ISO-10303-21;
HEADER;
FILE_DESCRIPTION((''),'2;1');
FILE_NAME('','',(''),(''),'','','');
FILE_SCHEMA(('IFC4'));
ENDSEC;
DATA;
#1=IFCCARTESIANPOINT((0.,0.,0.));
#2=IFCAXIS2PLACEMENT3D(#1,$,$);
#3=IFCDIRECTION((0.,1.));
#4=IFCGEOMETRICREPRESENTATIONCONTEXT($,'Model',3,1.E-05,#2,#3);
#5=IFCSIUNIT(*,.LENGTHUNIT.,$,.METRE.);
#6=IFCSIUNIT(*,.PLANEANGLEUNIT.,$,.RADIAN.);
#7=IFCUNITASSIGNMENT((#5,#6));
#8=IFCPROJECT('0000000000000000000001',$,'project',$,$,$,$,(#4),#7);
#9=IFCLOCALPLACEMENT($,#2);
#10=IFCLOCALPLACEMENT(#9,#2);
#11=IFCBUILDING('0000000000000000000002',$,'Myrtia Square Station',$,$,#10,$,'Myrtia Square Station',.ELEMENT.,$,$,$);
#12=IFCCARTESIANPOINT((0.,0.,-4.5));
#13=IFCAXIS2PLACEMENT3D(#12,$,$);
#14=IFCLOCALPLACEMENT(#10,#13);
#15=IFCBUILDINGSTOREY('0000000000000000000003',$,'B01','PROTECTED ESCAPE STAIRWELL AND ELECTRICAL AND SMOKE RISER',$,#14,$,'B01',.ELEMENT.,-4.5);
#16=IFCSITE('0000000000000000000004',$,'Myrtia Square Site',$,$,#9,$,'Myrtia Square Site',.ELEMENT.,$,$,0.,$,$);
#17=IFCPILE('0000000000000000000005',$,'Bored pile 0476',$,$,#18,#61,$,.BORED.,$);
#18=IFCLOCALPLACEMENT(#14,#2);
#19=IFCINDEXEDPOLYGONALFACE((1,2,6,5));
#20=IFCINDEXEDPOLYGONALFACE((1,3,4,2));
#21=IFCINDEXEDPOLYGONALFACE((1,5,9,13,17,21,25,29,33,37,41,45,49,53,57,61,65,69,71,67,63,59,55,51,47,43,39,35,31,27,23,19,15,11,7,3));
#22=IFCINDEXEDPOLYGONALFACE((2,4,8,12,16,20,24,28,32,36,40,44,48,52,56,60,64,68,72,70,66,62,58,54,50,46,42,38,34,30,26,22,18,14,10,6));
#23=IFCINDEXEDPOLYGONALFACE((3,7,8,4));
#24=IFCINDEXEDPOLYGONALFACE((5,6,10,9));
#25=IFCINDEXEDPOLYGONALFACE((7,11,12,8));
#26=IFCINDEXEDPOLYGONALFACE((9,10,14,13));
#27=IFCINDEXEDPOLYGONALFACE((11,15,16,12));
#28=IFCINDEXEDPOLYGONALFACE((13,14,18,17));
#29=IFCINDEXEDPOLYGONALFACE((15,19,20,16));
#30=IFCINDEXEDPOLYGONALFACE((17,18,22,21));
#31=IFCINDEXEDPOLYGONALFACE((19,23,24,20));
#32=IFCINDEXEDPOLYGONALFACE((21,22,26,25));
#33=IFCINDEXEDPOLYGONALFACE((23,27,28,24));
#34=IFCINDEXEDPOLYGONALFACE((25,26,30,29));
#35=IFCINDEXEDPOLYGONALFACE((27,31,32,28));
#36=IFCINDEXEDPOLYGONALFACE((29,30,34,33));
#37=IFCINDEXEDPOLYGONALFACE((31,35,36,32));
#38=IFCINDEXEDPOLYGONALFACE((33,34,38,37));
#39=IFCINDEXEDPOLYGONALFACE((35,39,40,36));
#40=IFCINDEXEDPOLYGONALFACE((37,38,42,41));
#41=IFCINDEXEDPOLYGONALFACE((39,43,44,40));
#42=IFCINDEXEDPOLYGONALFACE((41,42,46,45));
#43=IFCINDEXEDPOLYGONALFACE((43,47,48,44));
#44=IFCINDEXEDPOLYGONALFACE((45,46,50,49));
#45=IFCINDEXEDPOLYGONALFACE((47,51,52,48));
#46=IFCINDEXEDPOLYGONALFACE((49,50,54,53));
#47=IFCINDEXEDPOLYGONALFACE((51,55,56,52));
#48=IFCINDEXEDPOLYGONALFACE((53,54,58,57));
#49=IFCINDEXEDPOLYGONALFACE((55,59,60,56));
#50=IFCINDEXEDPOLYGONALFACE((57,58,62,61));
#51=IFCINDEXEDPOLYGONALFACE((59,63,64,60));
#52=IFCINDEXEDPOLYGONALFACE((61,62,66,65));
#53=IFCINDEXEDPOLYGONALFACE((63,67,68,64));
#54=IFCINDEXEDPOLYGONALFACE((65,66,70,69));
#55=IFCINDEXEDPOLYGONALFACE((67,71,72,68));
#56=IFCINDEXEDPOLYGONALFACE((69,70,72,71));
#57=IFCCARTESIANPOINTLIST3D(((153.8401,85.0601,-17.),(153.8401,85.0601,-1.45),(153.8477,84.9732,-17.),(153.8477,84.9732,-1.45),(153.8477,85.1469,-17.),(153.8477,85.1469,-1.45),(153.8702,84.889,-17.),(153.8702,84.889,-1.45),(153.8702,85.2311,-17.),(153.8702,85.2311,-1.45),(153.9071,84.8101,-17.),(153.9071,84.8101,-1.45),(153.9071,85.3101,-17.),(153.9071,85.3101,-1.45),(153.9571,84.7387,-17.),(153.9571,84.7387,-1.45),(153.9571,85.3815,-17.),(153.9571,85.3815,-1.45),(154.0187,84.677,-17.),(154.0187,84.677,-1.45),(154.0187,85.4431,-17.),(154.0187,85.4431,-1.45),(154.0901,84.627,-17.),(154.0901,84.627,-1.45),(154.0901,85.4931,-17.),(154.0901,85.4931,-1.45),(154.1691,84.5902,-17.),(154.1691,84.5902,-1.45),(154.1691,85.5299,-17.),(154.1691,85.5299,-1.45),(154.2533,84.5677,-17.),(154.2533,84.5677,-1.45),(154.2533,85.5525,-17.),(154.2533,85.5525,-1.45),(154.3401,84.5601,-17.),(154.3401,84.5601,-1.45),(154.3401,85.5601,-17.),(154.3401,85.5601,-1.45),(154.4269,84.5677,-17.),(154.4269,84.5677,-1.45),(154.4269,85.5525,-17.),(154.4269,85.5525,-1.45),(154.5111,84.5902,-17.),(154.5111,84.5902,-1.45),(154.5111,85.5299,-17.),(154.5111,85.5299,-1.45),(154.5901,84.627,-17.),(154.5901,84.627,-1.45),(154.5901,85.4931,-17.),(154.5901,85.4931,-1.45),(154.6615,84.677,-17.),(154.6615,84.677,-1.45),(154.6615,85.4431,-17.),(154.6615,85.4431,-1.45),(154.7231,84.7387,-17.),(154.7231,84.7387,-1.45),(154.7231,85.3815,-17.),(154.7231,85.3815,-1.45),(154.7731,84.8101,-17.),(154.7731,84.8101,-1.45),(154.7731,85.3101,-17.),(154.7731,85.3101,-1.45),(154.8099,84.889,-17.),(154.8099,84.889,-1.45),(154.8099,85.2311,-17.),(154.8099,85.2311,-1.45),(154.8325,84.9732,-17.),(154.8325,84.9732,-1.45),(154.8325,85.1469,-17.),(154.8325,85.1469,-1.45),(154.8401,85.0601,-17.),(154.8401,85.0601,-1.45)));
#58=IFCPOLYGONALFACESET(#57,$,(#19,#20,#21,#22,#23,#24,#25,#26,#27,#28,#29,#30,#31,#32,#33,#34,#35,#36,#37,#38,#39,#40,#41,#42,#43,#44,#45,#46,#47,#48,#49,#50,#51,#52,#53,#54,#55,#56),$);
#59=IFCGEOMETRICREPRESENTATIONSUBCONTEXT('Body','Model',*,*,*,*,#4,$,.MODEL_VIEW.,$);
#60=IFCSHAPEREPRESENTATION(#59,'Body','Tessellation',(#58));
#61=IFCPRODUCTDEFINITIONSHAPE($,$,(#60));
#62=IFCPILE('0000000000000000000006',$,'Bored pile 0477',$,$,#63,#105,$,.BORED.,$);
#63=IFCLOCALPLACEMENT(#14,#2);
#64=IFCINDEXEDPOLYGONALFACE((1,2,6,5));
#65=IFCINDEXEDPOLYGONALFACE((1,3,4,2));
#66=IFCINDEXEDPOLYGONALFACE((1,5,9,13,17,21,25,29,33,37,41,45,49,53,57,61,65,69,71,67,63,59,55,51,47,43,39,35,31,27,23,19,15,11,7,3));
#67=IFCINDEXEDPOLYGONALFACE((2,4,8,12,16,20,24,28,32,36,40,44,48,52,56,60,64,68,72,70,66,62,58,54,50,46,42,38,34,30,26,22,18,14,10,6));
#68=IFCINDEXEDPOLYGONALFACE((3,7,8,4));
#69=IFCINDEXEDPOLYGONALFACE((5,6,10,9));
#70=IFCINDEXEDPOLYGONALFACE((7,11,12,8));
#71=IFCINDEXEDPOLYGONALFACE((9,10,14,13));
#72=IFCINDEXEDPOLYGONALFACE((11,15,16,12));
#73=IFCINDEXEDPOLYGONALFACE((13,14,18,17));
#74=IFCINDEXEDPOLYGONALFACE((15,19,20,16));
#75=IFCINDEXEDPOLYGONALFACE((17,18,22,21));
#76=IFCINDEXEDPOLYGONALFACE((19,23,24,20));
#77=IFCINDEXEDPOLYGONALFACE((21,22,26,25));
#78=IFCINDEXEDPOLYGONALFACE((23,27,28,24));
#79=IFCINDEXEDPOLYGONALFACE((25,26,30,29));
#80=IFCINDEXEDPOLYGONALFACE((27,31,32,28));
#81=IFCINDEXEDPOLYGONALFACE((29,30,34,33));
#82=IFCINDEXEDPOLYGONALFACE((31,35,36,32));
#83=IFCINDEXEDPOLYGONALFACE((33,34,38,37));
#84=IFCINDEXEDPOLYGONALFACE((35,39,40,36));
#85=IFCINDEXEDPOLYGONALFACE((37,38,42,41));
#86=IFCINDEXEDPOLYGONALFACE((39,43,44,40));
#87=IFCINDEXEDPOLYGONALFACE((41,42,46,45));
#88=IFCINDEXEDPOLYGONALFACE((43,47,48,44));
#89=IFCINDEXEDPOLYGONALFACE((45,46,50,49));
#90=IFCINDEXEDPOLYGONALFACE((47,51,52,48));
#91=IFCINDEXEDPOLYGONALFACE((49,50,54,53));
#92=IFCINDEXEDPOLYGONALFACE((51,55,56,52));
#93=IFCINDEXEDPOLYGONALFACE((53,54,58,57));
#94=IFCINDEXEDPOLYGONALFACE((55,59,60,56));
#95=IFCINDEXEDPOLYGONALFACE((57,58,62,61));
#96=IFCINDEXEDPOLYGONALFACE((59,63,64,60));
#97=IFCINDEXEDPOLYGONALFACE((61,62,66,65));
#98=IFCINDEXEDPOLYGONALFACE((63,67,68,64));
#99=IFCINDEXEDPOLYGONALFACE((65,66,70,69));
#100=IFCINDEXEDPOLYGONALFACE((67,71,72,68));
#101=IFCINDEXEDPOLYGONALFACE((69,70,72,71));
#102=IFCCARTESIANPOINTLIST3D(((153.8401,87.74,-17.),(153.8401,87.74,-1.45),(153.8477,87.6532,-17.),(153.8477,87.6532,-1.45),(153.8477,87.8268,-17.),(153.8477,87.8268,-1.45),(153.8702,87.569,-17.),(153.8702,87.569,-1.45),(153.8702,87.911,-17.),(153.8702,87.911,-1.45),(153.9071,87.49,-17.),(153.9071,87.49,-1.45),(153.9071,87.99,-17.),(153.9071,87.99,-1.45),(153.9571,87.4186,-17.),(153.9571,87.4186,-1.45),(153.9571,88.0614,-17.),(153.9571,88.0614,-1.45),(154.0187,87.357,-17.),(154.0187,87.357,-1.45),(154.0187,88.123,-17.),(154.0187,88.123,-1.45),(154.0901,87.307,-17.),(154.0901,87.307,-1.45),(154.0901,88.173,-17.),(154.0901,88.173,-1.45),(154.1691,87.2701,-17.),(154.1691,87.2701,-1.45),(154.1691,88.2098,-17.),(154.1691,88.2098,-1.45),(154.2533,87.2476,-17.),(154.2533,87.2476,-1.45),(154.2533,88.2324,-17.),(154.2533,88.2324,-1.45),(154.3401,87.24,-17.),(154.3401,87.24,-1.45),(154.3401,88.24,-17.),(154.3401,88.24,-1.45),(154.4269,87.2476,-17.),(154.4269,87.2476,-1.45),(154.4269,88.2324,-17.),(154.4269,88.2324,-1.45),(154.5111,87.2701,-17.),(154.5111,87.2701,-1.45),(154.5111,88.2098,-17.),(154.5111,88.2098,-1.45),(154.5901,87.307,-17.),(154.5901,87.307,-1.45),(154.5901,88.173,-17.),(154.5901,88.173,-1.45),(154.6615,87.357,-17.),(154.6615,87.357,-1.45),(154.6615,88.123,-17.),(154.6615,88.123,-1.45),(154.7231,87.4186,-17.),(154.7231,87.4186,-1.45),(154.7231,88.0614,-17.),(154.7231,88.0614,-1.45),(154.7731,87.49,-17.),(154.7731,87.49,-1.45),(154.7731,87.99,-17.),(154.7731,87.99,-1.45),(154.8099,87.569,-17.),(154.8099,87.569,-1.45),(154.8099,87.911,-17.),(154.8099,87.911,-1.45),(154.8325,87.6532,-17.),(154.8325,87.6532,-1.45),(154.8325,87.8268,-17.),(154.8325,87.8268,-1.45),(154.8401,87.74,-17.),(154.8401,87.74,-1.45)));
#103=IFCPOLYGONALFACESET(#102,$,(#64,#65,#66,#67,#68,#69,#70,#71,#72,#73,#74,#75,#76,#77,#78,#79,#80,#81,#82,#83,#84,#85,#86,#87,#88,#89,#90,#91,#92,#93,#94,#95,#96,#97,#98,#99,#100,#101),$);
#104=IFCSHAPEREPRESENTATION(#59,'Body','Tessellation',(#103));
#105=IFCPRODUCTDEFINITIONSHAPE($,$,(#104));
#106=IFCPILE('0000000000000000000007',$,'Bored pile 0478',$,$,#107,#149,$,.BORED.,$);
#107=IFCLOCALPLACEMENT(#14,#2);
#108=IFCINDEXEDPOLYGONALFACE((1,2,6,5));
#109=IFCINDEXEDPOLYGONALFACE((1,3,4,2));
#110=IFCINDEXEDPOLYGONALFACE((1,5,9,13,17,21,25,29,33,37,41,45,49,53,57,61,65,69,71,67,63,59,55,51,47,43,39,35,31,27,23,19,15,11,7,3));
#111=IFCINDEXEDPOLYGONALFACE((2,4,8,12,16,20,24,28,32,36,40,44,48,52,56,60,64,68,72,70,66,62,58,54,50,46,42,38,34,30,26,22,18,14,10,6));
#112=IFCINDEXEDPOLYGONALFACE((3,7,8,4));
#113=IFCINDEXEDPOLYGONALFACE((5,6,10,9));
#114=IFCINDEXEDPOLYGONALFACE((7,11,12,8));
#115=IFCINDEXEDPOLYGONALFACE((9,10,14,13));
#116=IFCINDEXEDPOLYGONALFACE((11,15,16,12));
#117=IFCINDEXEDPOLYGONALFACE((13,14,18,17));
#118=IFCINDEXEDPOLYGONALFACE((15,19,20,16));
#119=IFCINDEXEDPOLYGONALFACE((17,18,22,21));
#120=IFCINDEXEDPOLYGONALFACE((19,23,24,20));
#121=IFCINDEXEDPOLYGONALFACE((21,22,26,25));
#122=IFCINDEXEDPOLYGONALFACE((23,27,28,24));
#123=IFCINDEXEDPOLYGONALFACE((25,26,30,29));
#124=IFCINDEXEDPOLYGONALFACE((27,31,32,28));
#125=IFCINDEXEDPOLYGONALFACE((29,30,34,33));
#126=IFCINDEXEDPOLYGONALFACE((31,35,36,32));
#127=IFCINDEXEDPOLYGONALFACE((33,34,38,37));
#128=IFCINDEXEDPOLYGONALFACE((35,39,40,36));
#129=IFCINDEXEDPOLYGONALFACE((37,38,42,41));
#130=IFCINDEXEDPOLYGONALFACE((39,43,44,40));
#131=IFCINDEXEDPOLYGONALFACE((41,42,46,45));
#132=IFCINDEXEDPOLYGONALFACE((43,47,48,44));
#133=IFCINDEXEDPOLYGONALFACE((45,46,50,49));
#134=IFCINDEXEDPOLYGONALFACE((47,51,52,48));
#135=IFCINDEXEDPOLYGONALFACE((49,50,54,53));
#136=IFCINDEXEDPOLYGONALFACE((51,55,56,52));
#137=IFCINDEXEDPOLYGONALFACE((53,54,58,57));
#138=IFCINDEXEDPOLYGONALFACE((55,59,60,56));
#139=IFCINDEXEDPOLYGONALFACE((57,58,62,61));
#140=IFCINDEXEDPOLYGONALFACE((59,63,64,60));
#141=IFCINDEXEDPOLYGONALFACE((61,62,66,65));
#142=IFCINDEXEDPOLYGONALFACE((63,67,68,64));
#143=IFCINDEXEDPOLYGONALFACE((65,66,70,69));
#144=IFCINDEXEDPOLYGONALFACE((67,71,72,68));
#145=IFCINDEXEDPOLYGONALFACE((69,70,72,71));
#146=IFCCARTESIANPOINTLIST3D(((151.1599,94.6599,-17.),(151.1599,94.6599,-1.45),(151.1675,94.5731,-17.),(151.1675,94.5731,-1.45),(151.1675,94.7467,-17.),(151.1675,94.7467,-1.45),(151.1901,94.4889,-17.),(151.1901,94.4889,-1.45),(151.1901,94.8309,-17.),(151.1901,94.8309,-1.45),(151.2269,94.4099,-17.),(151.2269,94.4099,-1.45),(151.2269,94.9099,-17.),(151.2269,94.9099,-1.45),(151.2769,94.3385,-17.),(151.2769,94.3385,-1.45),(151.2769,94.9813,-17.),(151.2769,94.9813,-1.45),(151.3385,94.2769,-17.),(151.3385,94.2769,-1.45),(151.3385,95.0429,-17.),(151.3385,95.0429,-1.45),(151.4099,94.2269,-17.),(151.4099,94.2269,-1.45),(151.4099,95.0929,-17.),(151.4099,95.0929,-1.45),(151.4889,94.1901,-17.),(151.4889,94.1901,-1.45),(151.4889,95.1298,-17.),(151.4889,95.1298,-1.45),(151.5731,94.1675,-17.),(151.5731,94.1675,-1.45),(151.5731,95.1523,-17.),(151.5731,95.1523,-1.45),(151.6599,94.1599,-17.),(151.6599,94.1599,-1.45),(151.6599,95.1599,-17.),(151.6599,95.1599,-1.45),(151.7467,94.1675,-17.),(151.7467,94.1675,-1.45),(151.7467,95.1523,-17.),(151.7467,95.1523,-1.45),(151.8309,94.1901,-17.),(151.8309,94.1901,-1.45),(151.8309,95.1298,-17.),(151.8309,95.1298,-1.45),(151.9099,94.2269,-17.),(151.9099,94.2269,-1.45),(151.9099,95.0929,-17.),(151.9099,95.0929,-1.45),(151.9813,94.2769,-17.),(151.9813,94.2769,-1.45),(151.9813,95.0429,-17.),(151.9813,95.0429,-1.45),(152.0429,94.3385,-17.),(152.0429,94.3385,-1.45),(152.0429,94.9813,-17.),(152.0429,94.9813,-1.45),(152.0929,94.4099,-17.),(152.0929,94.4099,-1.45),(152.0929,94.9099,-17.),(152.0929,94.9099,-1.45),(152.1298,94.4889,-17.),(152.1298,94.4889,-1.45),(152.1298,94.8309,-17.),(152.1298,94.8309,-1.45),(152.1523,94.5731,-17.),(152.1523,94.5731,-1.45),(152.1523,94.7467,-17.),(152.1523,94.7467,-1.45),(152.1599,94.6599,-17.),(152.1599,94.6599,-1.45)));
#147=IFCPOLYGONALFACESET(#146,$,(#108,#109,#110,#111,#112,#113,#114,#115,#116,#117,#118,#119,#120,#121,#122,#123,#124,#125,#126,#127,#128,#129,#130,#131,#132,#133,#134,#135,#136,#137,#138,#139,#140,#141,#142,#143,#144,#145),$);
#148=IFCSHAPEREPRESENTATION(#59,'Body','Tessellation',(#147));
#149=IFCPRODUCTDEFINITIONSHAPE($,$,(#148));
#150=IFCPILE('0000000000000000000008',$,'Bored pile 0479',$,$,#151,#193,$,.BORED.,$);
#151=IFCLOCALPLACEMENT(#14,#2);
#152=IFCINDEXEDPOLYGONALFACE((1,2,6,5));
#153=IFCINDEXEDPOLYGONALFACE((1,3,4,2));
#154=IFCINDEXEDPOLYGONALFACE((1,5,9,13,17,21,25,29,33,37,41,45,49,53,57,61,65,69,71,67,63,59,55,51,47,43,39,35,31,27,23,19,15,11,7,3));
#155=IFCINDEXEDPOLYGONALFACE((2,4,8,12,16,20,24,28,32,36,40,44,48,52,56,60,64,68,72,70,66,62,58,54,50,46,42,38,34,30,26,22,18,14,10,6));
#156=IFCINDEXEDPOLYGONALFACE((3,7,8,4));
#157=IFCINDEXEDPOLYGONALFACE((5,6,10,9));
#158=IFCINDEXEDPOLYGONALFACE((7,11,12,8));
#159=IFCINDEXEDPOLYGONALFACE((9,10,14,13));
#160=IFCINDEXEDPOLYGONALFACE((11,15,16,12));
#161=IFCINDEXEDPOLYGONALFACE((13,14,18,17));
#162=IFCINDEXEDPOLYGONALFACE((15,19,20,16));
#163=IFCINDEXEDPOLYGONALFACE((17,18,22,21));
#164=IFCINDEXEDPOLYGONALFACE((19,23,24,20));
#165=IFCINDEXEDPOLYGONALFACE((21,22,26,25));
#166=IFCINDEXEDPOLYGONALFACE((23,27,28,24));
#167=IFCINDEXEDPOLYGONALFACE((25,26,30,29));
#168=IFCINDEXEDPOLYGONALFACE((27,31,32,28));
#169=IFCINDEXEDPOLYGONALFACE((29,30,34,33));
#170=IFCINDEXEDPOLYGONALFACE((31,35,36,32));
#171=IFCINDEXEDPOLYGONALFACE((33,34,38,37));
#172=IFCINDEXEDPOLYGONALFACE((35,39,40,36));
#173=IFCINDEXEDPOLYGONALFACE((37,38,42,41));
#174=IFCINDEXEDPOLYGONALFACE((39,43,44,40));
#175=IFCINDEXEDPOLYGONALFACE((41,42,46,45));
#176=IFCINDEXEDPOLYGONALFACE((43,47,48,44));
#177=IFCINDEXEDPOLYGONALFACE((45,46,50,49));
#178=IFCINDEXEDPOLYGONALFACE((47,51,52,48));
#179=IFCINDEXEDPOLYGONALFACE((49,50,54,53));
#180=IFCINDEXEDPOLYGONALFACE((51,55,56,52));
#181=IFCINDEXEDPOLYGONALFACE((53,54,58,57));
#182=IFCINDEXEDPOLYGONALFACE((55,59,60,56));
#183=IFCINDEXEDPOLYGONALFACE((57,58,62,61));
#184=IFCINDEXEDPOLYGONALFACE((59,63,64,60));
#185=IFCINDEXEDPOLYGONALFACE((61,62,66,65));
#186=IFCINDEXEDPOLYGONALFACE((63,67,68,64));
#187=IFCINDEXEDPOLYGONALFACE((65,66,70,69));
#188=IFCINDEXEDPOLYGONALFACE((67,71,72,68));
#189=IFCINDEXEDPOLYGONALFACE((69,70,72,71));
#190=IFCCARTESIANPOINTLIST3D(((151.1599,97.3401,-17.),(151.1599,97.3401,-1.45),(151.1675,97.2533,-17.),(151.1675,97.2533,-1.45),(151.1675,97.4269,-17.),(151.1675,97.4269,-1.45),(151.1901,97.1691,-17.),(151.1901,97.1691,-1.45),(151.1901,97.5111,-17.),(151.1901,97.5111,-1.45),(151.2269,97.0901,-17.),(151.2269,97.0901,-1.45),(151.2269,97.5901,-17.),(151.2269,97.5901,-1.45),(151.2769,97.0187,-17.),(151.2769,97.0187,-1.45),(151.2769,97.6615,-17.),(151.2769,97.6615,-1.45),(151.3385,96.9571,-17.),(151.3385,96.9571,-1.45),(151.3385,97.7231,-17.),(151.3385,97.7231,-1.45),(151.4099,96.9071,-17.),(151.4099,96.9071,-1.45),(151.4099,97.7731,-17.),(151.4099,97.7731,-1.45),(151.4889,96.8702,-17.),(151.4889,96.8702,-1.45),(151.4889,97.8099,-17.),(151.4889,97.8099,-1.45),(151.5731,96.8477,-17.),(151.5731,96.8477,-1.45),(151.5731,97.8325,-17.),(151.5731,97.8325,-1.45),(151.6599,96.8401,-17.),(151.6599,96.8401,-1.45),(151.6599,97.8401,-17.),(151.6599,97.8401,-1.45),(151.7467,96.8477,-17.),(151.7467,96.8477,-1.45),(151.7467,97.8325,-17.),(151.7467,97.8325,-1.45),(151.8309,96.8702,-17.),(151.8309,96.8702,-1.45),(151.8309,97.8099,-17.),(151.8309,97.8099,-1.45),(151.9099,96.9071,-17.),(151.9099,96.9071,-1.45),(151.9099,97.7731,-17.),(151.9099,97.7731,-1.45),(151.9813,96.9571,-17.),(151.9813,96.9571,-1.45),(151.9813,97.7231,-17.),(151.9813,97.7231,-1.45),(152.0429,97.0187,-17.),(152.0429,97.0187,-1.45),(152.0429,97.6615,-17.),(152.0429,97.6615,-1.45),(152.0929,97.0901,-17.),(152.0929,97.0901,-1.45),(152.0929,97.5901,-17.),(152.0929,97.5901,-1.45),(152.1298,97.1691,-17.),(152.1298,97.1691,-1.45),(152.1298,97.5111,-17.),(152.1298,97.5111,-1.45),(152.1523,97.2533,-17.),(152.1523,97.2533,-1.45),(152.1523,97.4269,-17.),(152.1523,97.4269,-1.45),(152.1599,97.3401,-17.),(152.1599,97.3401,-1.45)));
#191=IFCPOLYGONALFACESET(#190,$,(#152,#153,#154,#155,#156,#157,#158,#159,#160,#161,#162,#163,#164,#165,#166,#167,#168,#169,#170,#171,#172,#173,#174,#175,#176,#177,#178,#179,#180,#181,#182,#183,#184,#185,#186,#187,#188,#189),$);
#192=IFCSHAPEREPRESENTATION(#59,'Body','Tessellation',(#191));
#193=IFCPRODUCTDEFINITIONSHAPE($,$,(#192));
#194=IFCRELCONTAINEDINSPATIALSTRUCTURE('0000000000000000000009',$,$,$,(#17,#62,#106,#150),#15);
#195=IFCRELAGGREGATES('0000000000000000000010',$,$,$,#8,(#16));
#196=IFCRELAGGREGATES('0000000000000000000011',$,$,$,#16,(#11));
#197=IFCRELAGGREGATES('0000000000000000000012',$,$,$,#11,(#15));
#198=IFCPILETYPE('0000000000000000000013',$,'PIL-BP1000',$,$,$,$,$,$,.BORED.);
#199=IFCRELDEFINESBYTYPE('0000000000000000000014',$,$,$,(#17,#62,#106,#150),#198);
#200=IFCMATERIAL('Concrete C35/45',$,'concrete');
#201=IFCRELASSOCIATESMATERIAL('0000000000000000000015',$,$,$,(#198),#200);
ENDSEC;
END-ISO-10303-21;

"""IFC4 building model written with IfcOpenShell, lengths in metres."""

from ifc_helpers import new_model, si_unit, direction, frame, origin, origin_2d, place, context, subcontext, project, spatial, circle, extrude, material, material_profile, profile_set, type_object, element, save


model = new_model("IFC4")

# Units and contexts
model_context = context("Model", 3, precision=1e-05, world=origin(), true_north=direction((0.0, 1.0)))
body_context = subcontext(model_context, "Body", "Model", "MODEL_VIEW")
ifc_project = project(units=[si_unit("LENGTHUNIT", "METRE"), si_unit("PLANEANGLEUNIT", "RADIAN")], contexts=[model_context])

# Site, building, storey
site_placement = place(None, origin())
site = spatial("IfcSite", under=ifc_project, at=site_placement, Name="Myrtia Square Site", LongName="Myrtia Square Site", CompositionType="ELEMENT", RefElevation=0.0)
building_placement = place(site_placement, origin())
building = spatial("IfcBuilding", under=site, at=building_placement, Name="Myrtia Square Station", LongName="Myrtia Square Station", CompositionType="ELEMENT")
storey_placement = place(building_placement, frame((0.0, 0.0, -4.5)))
storey = spatial("IfcBuildingStorey", under=building, at=storey_placement, Name="B01", Description="PROTECTED ESCAPE STAIRWELL AND ELECTRICAL AND SMOKE RISER", LongName="B01", CompositionType="ELEMENT", Elevation=-4.5)

# Shared definitions
ifc_material_1 = material(Name="Concrete C35/45", Category="concrete")

# Piles
ifc_material_profile_1 = material_profile(ifc_material_1, circle(Radius=0.5, at=origin_2d()), Name="BP D1000")
ifc_profile_set_1 = profile_set([ifc_material_profile_1], Name="Concrete C35/45")
pile_type = type_object("IfcPileType", Name="PIL-BP1000", PredefinedType="BORED", material=ifc_profile_set_1)
for number, where, z_axis, x_axis, name in (
    (1, (154.3401, 85.0601, -1.45), (0.0, 0.0, -1.0), (1.0, 0.0, 0.0), "Bored pile 0476"),
    (2, (154.3401, 87.74, -1.45), (0.0, 0.0, -1.0), (1.0, 0.0, 0.0), "Bored pile 0477"),
    (3, (151.6599, 94.6599, -1.45), (0.0, 0.0, -1.0), (1.0, 0.0, 0.0), "Bored pile 0478"),
    (4, (151.6599, 97.3401, -1.45), (0.0, 0.0, -1.0), (1.0, 0.0, 0.0), "Bored pile 0479"),
):
    element("IfcPile", number, at=place(storey_placement, frame(where, z_axis=z_axis, x_axis=x_axis)), inside=storey, type_object=pile_type, Name=name, PredefinedType="BORED", context=body_context, shape_type="SweptSolid", body=[
        extrude(circle(Radius=0.5, at=origin_2d()), origin(), (0.0, 0.0, 1.0), 15.55),
    ])

save(model, "model.ifc")
